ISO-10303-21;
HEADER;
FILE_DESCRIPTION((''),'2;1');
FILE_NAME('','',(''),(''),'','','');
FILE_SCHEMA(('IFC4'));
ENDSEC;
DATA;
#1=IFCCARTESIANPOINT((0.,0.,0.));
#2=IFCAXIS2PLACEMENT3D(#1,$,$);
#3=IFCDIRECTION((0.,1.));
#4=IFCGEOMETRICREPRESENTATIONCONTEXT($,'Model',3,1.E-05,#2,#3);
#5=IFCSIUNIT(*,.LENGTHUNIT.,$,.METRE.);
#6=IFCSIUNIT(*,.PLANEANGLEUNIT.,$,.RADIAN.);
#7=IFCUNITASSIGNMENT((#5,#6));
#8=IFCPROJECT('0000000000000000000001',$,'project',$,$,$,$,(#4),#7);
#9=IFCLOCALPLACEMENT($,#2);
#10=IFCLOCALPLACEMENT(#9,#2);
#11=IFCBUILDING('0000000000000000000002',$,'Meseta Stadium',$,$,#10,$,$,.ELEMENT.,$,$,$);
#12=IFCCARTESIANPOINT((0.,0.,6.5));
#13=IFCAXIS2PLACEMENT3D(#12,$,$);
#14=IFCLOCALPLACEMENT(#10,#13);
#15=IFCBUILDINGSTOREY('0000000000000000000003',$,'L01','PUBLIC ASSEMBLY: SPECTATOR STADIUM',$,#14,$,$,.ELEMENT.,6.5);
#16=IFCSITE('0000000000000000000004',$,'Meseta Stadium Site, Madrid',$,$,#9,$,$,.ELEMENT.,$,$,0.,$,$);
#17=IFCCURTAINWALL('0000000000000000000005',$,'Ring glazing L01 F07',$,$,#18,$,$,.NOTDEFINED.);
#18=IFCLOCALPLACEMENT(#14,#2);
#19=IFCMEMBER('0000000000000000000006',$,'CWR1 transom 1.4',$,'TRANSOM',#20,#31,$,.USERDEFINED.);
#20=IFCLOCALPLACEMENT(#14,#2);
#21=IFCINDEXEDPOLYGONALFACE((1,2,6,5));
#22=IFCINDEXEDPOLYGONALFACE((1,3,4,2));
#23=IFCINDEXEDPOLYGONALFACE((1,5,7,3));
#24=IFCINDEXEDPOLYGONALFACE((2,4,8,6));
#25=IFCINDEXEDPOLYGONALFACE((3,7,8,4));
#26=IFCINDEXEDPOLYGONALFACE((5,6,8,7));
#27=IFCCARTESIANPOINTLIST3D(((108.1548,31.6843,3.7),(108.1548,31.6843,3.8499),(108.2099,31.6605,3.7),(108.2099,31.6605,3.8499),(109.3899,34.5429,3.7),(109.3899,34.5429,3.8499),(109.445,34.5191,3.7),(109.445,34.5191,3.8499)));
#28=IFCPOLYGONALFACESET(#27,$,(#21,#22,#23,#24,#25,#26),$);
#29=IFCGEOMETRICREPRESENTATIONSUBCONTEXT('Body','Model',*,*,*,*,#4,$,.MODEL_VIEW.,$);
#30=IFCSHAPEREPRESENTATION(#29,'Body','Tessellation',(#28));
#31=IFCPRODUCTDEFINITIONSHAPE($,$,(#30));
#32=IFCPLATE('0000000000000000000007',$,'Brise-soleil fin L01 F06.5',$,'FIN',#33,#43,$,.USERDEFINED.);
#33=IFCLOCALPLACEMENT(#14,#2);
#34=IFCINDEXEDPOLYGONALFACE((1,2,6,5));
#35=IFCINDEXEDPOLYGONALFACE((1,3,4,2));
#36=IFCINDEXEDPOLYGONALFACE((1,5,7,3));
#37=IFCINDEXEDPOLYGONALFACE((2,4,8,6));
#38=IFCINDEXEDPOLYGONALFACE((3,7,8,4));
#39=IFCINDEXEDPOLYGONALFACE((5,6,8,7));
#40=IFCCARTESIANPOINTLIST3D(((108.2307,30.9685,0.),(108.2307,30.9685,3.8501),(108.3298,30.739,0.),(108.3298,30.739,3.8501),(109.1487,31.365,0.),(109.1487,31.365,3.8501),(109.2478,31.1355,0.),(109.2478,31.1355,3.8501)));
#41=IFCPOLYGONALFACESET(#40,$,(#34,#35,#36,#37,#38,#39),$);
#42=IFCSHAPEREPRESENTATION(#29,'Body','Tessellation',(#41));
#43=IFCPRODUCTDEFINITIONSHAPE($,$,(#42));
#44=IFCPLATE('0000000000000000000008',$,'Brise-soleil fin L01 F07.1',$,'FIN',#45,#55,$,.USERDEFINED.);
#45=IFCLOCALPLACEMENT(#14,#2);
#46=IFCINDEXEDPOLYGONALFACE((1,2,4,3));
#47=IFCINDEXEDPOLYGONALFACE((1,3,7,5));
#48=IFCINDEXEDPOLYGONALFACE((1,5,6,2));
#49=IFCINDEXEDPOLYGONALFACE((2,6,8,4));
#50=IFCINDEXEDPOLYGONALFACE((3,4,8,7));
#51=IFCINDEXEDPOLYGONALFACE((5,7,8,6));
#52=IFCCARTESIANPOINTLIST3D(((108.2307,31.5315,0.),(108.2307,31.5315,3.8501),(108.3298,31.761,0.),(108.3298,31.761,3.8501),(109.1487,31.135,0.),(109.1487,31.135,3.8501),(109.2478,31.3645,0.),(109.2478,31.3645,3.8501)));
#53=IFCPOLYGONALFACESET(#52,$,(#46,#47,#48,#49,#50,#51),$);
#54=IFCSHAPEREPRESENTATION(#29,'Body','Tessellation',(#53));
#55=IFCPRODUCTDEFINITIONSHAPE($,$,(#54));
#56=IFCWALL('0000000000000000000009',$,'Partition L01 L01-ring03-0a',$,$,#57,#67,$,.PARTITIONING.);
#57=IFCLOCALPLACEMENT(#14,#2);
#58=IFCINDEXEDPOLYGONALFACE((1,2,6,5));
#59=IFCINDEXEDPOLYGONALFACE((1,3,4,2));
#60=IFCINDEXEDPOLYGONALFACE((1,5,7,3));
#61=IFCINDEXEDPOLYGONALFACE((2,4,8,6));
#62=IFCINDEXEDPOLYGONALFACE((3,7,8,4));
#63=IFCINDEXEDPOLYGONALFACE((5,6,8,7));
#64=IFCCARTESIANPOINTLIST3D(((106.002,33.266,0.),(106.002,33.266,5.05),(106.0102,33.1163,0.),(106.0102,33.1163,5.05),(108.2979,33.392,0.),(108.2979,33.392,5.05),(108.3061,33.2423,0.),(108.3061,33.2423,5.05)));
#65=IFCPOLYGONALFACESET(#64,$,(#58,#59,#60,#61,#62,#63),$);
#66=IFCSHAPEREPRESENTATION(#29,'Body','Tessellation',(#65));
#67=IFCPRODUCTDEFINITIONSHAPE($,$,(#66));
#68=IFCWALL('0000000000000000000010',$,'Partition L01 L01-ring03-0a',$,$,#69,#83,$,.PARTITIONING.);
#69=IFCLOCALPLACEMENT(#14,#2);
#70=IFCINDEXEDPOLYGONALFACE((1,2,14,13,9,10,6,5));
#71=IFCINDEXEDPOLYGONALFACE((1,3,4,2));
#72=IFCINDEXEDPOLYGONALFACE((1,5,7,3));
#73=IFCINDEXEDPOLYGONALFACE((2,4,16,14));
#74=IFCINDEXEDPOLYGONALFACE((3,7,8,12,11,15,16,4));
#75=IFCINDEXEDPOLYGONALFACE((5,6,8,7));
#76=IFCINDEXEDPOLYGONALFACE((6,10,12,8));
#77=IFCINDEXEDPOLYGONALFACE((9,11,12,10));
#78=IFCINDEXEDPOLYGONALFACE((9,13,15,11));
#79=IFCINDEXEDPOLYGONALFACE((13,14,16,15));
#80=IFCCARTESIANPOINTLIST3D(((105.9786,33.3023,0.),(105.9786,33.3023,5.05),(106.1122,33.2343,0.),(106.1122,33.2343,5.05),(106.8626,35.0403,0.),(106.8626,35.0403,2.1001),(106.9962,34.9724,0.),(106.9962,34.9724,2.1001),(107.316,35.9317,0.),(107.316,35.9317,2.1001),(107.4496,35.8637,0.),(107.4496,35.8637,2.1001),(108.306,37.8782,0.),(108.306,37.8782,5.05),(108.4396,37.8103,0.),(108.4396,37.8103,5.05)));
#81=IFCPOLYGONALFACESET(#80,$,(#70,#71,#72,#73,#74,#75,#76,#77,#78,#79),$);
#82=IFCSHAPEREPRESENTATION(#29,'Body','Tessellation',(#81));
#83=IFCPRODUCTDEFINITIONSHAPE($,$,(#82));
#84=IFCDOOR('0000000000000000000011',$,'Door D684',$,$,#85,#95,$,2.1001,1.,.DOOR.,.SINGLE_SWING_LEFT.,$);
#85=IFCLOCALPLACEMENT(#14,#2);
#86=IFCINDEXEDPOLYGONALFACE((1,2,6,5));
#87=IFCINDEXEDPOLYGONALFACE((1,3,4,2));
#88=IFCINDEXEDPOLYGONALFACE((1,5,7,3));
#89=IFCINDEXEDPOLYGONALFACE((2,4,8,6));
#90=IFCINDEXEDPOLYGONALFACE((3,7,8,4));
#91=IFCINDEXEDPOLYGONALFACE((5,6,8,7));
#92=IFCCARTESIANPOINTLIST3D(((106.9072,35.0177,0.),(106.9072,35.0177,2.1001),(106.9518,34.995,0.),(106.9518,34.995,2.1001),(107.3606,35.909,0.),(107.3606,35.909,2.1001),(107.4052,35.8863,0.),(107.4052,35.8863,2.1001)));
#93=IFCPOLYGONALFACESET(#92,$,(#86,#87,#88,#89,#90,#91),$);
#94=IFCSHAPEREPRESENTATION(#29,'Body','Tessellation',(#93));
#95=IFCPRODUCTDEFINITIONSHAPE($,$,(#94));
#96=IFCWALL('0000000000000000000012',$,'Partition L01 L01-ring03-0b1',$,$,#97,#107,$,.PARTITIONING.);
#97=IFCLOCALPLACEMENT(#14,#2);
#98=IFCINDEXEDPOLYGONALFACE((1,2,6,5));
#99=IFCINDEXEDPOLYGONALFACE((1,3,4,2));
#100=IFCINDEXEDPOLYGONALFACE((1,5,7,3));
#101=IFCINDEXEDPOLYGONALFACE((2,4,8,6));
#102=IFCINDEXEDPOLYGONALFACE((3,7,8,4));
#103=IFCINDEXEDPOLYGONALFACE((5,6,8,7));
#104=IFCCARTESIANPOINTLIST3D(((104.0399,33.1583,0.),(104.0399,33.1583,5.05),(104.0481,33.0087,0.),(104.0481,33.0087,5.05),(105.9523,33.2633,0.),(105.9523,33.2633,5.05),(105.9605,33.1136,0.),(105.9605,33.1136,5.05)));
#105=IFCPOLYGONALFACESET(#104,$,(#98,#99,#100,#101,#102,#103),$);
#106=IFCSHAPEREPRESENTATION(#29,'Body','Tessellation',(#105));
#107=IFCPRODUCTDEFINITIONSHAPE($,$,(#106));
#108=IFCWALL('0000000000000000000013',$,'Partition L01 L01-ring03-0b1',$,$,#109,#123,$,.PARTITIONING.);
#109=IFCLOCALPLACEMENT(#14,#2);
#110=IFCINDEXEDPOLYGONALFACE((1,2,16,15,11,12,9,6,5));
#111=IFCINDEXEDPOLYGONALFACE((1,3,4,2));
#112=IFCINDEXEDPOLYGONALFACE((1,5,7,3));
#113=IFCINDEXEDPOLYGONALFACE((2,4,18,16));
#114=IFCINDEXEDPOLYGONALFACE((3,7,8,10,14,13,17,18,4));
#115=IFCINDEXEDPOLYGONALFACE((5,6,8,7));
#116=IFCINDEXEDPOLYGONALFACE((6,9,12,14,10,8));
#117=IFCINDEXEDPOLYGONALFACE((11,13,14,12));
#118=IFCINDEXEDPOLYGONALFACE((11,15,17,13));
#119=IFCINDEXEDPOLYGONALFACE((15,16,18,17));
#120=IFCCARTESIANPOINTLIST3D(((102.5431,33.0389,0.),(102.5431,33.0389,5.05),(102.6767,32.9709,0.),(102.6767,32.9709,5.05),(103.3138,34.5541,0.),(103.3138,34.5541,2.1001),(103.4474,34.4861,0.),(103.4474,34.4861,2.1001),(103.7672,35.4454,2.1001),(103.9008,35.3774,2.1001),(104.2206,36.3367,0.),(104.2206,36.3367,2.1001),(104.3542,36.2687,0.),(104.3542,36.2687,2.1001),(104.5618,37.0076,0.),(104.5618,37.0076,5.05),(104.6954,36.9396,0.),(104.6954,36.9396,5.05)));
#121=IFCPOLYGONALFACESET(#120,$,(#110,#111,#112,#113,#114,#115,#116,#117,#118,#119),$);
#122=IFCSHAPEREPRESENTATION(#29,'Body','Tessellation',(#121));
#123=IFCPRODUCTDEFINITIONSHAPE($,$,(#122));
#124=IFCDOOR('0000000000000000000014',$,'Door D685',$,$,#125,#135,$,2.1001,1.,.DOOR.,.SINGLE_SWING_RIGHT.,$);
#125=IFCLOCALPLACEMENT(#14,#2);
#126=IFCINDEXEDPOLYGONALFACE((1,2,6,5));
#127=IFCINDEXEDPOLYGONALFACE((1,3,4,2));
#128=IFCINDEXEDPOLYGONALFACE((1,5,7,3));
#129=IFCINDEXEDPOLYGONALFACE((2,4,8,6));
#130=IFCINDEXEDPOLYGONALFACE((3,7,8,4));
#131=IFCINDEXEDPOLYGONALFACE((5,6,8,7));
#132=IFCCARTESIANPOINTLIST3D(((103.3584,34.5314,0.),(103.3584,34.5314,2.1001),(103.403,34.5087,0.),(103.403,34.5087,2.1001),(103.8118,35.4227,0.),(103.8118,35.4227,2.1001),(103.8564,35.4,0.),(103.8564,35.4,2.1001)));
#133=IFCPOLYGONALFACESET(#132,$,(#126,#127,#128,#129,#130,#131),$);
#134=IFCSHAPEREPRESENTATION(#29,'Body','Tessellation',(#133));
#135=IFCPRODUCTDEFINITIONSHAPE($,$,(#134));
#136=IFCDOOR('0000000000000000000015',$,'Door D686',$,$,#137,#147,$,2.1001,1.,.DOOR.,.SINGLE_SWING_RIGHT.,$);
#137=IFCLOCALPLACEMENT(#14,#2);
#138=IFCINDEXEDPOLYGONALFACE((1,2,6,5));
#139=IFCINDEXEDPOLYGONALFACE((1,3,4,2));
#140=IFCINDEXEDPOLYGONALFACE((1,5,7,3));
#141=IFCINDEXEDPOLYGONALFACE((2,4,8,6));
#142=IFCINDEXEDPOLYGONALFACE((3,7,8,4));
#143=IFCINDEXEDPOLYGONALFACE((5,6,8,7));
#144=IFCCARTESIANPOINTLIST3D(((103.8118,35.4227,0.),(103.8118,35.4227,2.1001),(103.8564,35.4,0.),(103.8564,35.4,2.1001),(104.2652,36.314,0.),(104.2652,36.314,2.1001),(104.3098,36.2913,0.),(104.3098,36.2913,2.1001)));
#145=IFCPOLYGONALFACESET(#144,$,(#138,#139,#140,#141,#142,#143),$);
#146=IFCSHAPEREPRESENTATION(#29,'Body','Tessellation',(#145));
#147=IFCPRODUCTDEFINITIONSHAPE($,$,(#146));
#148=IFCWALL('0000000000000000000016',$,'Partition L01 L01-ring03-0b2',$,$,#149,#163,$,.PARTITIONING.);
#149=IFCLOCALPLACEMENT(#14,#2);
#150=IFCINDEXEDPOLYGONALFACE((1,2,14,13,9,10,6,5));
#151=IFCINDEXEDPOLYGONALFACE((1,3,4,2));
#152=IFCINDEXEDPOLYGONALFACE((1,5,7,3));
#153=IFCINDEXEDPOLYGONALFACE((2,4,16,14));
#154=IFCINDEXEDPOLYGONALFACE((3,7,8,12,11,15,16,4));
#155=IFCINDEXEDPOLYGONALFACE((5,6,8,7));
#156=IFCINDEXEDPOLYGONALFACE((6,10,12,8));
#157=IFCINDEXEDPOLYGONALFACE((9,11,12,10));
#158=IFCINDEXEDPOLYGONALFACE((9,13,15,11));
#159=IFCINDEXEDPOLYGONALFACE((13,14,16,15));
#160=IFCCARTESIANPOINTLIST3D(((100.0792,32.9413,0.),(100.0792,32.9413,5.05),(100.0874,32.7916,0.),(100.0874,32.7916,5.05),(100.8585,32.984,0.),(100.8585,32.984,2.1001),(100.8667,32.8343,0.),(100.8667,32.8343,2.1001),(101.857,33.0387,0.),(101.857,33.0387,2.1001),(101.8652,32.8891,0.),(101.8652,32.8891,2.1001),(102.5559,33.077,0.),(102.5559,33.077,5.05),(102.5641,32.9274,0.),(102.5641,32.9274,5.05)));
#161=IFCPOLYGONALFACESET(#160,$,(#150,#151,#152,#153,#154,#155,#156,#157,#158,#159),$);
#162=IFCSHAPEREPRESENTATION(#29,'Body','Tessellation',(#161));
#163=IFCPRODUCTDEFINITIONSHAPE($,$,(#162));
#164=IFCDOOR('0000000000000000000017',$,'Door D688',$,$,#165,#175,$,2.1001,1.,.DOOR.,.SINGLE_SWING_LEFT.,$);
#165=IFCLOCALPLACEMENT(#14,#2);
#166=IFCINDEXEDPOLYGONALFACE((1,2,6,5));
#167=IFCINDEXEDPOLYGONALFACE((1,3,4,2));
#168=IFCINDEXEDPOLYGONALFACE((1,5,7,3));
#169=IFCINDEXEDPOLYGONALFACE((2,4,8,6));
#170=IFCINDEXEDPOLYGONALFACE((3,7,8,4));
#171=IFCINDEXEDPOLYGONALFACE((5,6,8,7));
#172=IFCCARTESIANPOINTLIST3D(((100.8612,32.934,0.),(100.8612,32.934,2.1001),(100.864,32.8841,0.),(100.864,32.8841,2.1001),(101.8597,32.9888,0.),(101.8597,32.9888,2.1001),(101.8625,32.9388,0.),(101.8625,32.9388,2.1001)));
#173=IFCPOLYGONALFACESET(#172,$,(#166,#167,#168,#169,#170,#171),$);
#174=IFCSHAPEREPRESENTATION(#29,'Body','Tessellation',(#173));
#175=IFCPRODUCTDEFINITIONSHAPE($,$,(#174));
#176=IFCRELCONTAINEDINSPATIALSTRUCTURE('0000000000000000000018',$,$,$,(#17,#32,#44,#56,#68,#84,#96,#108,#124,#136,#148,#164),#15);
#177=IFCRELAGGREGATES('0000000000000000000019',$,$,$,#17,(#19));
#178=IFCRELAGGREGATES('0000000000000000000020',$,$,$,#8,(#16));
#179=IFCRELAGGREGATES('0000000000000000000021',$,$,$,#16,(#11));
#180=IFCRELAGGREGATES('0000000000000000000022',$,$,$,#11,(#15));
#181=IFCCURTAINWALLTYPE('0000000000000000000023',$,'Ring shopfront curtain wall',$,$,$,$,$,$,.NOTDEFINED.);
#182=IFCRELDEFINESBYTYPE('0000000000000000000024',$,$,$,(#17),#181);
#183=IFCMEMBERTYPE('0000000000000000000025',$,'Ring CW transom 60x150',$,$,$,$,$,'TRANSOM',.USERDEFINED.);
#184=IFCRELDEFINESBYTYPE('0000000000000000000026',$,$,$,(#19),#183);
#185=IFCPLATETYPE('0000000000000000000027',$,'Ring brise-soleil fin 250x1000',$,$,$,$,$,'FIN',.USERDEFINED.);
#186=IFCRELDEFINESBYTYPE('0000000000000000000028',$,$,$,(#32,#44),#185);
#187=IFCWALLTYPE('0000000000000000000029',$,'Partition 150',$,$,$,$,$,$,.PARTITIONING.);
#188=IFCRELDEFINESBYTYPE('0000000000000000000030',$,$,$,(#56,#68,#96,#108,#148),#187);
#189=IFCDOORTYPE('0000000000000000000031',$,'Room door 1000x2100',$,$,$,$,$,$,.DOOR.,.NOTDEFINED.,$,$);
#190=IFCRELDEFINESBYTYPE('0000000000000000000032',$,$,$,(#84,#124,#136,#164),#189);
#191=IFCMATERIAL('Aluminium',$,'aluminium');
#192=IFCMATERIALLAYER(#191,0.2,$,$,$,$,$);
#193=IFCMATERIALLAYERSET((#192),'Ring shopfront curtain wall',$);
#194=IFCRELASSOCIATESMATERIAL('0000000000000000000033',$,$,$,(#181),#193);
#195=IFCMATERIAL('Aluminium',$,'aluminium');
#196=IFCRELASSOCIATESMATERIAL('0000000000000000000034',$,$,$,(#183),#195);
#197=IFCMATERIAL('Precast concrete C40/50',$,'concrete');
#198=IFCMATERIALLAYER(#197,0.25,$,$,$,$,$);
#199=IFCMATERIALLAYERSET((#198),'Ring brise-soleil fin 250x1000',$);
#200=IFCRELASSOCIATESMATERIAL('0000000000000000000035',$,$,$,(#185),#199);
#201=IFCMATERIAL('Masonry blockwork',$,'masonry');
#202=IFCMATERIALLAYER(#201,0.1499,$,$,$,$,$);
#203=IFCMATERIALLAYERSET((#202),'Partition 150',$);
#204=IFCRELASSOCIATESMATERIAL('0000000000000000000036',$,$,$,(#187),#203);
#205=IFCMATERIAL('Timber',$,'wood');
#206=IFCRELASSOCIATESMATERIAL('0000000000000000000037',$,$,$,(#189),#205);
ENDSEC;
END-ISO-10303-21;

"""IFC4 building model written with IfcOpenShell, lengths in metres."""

from ifc_helpers import new_model, si_unit, direction, frame, frame_2d, origin, origin_2d, place, context, subcontext, project, spatial, rectangle, extrude, material, layer, layer_set, material_profile, profile_set, type_object, element, fill, aggregate, save


model = new_model("IFC4")

# Units and contexts
model_context = context("Model", 3, precision=1e-05, world=origin(), true_north=direction((0.0, 1.0)))
body_context = subcontext(model_context, "Body", "Model", "MODEL_VIEW")
ifc_project = project(units=[si_unit("LENGTHUNIT", "METRE"), si_unit("PLANEANGLEUNIT", "RADIAN")], contexts=[model_context])

# Site, building, storey
site_placement = place(None, origin())
site = spatial("IfcSite", under=ifc_project, at=site_placement, Name="Meseta Stadium Site, Madrid", CompositionType="ELEMENT", RefElevation=0.0)
building_placement = place(site_placement, origin())
building = spatial("IfcBuilding", under=site, at=building_placement, Name="Meseta Stadium", CompositionType="ELEMENT")
storey_placement = place(building_placement, frame((0.0, 0.0, 6.5)))
storey = spatial("IfcBuildingStorey", under=building, at=storey_placement, Name="L01", Description="PUBLIC ASSEMBLY: SPECTATOR STADIUM", CompositionType="ELEMENT", Elevation=6.5)

# Shared definitions
ifc_material_1 = material(Name="Aluminium", Category="aluminium")
ifc_layer_1 = layer(ifc_material_1, 0.2)
ifc_layer_set_1 = layer_set([ifc_layer_1], Name="Ring shopfront curtain wall")
curtain_wall_type = type_object("IfcCurtainWallType", Name="Ring shopfront curtain wall", PredefinedType="NOTDEFINED", material=ifc_layer_set_1)

# Curtain wall, member
curtain_wall_1_placement = place(storey_placement, origin())
curtain_wall_1 = element("IfcCurtainWall", 1, at=curtain_wall_1_placement, inside=storey, type_object=curtain_wall_type, Name="Ring glazing L01 F07", PredefinedType="NOTDEFINED")
ifc_material_2 = material(Name="Aluminium", Category="aluminium")
ifc_material_profile_1 = material_profile(ifc_material_2, rectangle(XDim=0.0601, YDim=0.1499, at=origin_2d()), Name="CW 60x150")
ifc_profile_set_1 = profile_set([ifc_material_profile_1], Name="Aluminium")
member_type_1 = type_object("IfcMemberType", Name="Ring CW transom 60x150", ElementType="TRANSOM", PredefinedType="USERDEFINED", material=ifc_profile_set_1)
member_1_placement = place(storey_placement, frame((108.1824, 31.6724, 3.7749), z_axis=(0.396624, 0.917981, 0.0), x_axis=(-0.917981, 0.396624, 0.0)))
member_1 = element("IfcMember", 2, at=member_1_placement, type_object=member_type_1, Name="CWR1 transom 1.4", ObjectType="TRANSOM", PredefinedType="USERDEFINED", context=body_context, shape_type="SweptSolid", body=[
    extrude(rectangle(XDim=0.0601, YDim=0.1499, at=origin_2d()), origin(), (0.0, 0.0, 1.0), 3.114),
])
aggregate(curtain_wall_1, [member_1])

# Plates
ifc_material_3 = material(Name="Precast concrete C40/50", Category="concrete")
ifc_layer_2 = layer(ifc_material_3, 0.25)
ifc_layer_set_2 = layer_set([ifc_layer_2], Name="Ring brise-soleil fin 250x1000")
plate_type = type_object("IfcPlateType", Name="Ring brise-soleil fin 250x1000", ElementType="FIN", PredefinedType="USERDEFINED", material=ifc_layer_set_2)
for number, where, z_axis, x_axis, name in (
    (3, (108.7393, 31.052, 0.0), (0.0, 0.0, 1.0), (-0.396576, 0.918002, 0.0), "Brise-soleil fin L01 F06.5"),
    (4, (108.7393, 31.448, 0.0), (0.0, 0.0, 1.0), (0.396576, 0.918002, 0.0), "Brise-soleil fin L01 F07.1"),
):
    element("IfcPlate", number, at=place(storey_placement, frame(where, z_axis=z_axis, x_axis=x_axis)), inside=storey, type_object=plate_type, Name=name, ObjectType="FIN", PredefinedType="USERDEFINED", context=body_context, shape_type="SweptSolid", body=[
        extrude(rectangle(XDim=0.25, YDim=1.0, at=origin_2d()), origin(), (0.0, 0.0, 1.0), 3.8501),
    ])

# Wall
ifc_material_4 = material(Name="Masonry blockwork", Category="masonry")
ifc_layer_3 = layer(ifc_material_4, 0.1499)
ifc_layer_set_3 = layer_set([ifc_layer_3], Name="Partition 150")
wall_type = type_object("IfcWallType", Name="Partition 150", PredefinedType="PARTITIONING", material=ifc_layer_set_3)
wall_1_placement = place(storey_placement, frame((108.302, 33.3171, 0.0), z_axis=(0.0, 0.0, 1.0), x_axis=(-0.998498, -0.054788, 0.0)))
element("IfcWall", 5, at=wall_1_placement, inside=storey, type_object=wall_type, Name="Partition L01 L01-ring03-0a", PredefinedType="PARTITIONING", context=body_context, shape_type="SweptSolid", body=[
    extrude(rectangle(XDim=2.2993, YDim=0.1499, at=frame_2d((1.1497, 0.0))), origin(), (0.0, 0.0, 1.0), 5.05),
])

# Wall, opening, door
wall_2_placement = place(storey_placement, frame((106.0454, 33.2683, 0.0), z_axis=(0.0, 0.0, 1.0), x_axis=(0.453347, 0.891334, 0.0)))
wall_2 = element("IfcWall", 6, at=wall_2_placement, inside=storey, type_object=wall_type, Name="Partition L01 L01-ring03-0a", PredefinedType="PARTITIONING", context=body_context, shape_type="SweptSolid", body=[
    extrude(rectangle(XDim=5.1338, YDim=0.1499, at=frame_2d((2.5669, 0.0))), origin(), (0.0, 0.0, 1.0), 5.05),
])
opening_1_placement = place(wall_2_placement, frame((1.95, 0.0, 0.0)))
opening_1 = element("IfcOpeningElement", 7, at=opening_1_placement, cuts=wall_2, PredefinedType="OPENING", context=body_context, shape_type="SweptSolid", body=[
    extrude(rectangle(XDim=1.0, YDim=2.1001, at=frame_2d((0.5, 1.05))), frame((0.0, 0.085, 0.0), z_axis=(0.0, -1.0, 0.0), x_axis=(1.0, 0.0, 0.0)), (0.0, 0.0, 1.0), 0.1699),
])
ifc_material_5 = material(Name="Timber", Category="wood")
door_type = type_object("IfcDoorType", Name="Room door 1000x2100", OperationType="NOTDEFINED", PredefinedType="DOOR", material=ifc_material_5)
door_1_placement = place(opening_1_placement, origin())
door_1 = element("IfcDoor", 8, at=door_1_placement, inside=storey, type_object=door_type, Name="Door D684", OperationType="SINGLE_SWING_LEFT", OverallHeight=2.1001, OverallWidth=1.0, PredefinedType="DOOR", context=body_context, shape_type="SweptSolid", body=[
    extrude(rectangle(XDim=1.0, YDim=2.1001, at=frame_2d((0.5, 1.05))), frame((0.0, 0.0249, 0.0), z_axis=(0.0, -1.0, 0.0), x_axis=(1.0, 0.0, 0.0)), (0.0, 0.0, 1.0), 0.05),
])
fill(opening_1, door_1)

# Wall
wall_3_placement = place(storey_placement, frame((105.9563, 33.1885, 0.0), z_axis=(0.0, 0.0, 1.0), x_axis=(-0.998497, -0.054813, 0.0)))
element("IfcWall", 9, at=wall_3_placement, inside=storey, type_object=wall_type, Name="Partition L01 L01-ring03-0b1", PredefinedType="PARTITIONING", context=body_context, shape_type="SweptSolid", body=[
    extrude(rectangle(XDim=1.9153, YDim=0.1499, at=frame_2d((0.9575, 0.0))), origin(), (0.0, 0.0, 1.0), 5.05),
])

# Wall, openings, doors
wall_4_placement = place(storey_placement, frame((102.6099, 33.0049, 0.0), z_axis=(0.0, 0.0, 1.0), x_axis=(0.453388, 0.891313, 0.0)))
wall_4 = element("IfcWall", 10, at=wall_4_placement, inside=storey, type_object=wall_type, Name="Partition L01 L01-ring03-0b1", PredefinedType="PARTITIONING", context=body_context, shape_type="SweptSolid", body=[
    extrude(rectangle(XDim=4.4526, YDim=0.1499, at=frame_2d((2.2263, 0.0))), origin(), (0.0, 0.0, 1.0), 5.05),
])
opening_2_placement = place(wall_4_placement, frame((1.7, 0.0, 0.0)))
opening_2 = element("IfcOpeningElement", 11, at=opening_2_placement, cuts=wall_4, PredefinedType="OPENING", context=body_context, shape_type="SweptSolid", body=[
    extrude(rectangle(XDim=1.0, YDim=2.1001, at=frame_2d((0.5, 1.05))), frame((0.0, 0.085, 0.0), z_axis=(0.0, -1.0, 0.0), x_axis=(1.0, 0.0, 0.0)), (0.0, 0.0, 1.0), 0.1699),
])
opening_3_placement = place(wall_4_placement, frame((2.7, 0.0, 0.0)))
opening_3 = element("IfcOpeningElement", 12, at=opening_3_placement, cuts=wall_4, PredefinedType="OPENING", context=body_context, shape_type="SweptSolid", body=[
    extrude(rectangle(XDim=1.0, YDim=2.1001, at=frame_2d((0.5, 1.05))), frame((0.0, 0.085, 0.0), z_axis=(0.0, -1.0, 0.0), x_axis=(1.0, 0.0, 0.0)), (0.0, 0.0, 1.0), 0.1699),
])
door_2_placement = place(opening_2_placement, origin())
door_2 = element("IfcDoor", 13, at=door_2_placement, inside=storey, type_object=door_type, Name="Door D685", OperationType="SINGLE_SWING_RIGHT", OverallHeight=2.1001, OverallWidth=1.0, PredefinedType="DOOR", context=body_context, shape_type="SweptSolid", body=[
    extrude(rectangle(XDim=1.0, YDim=2.1001, at=frame_2d((0.5, 1.05))), frame((0.0, 0.0249, 0.0), z_axis=(0.0, -1.0, 0.0), x_axis=(1.0, 0.0, 0.0)), (0.0, 0.0, 1.0), 0.05),
])
fill(opening_2, door_2)
door_3_placement = place(opening_3_placement, origin())
door_3 = element("IfcDoor", 14, at=door_3_placement, inside=storey, type_object=door_type, Name="Door D686", OperationType="SINGLE_SWING_RIGHT", OverallHeight=2.1001, OverallWidth=1.0, PredefinedType="DOOR", context=body_context, shape_type="SweptSolid", body=[
    extrude(rectangle(XDim=1.0, YDim=2.1001, at=frame_2d((0.5, 1.05))), frame((0.0, 0.0249, 0.0), z_axis=(0.0, -1.0, 0.0), x_axis=(1.0, 0.0, 0.0)), (0.0, 0.0, 1.0), 0.05),
])
fill(opening_3, door_3)

# Wall, opening, door
wall_5_placement = place(storey_placement, frame((100.0833, 32.8665, 0.0), z_axis=(0.0, 0.0, 1.0), x_axis=(0.998502, 0.054723, 0.0)))
wall_5 = element("IfcWall", 15, at=wall_5_placement, inside=storey, type_object=wall_type, Name="Partition L01 L01-ring03-0b2", PredefinedType="PARTITIONING", context=body_context, shape_type="SweptSolid", body=[
    extrude(rectangle(XDim=2.4805, YDim=0.1499, at=frame_2d((1.2402, 0.0))), origin(), (0.0, 0.0, 1.0), 5.05),
])
opening_4_placement = place(wall_5_placement, frame((0.7805, 0.0, 0.0)))
opening_4 = element("IfcOpeningElement", 16, at=opening_4_placement, cuts=wall_5, PredefinedType="OPENING", context=body_context, shape_type="SweptSolid", body=[
    extrude(rectangle(XDim=1.0, YDim=2.1001, at=frame_2d((0.5, 1.05))), frame((0.0, 0.085, 0.0), z_axis=(0.0, -1.0, 0.0), x_axis=(1.0, 0.0, 0.0)), (0.0, 0.0, 1.0), 0.1699),
])
door_4_placement = place(opening_4_placement, origin())
door_4 = element("IfcDoor", 17, at=door_4_placement, inside=storey, type_object=door_type, Name="Door D688", OperationType="SINGLE_SWING_LEFT", OverallHeight=2.1001, OverallWidth=1.0, PredefinedType="DOOR", context=body_context, shape_type="SweptSolid", body=[
    extrude(rectangle(XDim=1.0, YDim=2.1001, at=frame_2d((0.5, 1.05))), frame((0.0, 0.0249, 0.0), z_axis=(0.0, -1.0, 0.0), x_axis=(1.0, 0.0, 0.0)), (0.0, 0.0, 1.0), 0.05),
])
fill(opening_4, door_4)

save(model, "model.ifc")
